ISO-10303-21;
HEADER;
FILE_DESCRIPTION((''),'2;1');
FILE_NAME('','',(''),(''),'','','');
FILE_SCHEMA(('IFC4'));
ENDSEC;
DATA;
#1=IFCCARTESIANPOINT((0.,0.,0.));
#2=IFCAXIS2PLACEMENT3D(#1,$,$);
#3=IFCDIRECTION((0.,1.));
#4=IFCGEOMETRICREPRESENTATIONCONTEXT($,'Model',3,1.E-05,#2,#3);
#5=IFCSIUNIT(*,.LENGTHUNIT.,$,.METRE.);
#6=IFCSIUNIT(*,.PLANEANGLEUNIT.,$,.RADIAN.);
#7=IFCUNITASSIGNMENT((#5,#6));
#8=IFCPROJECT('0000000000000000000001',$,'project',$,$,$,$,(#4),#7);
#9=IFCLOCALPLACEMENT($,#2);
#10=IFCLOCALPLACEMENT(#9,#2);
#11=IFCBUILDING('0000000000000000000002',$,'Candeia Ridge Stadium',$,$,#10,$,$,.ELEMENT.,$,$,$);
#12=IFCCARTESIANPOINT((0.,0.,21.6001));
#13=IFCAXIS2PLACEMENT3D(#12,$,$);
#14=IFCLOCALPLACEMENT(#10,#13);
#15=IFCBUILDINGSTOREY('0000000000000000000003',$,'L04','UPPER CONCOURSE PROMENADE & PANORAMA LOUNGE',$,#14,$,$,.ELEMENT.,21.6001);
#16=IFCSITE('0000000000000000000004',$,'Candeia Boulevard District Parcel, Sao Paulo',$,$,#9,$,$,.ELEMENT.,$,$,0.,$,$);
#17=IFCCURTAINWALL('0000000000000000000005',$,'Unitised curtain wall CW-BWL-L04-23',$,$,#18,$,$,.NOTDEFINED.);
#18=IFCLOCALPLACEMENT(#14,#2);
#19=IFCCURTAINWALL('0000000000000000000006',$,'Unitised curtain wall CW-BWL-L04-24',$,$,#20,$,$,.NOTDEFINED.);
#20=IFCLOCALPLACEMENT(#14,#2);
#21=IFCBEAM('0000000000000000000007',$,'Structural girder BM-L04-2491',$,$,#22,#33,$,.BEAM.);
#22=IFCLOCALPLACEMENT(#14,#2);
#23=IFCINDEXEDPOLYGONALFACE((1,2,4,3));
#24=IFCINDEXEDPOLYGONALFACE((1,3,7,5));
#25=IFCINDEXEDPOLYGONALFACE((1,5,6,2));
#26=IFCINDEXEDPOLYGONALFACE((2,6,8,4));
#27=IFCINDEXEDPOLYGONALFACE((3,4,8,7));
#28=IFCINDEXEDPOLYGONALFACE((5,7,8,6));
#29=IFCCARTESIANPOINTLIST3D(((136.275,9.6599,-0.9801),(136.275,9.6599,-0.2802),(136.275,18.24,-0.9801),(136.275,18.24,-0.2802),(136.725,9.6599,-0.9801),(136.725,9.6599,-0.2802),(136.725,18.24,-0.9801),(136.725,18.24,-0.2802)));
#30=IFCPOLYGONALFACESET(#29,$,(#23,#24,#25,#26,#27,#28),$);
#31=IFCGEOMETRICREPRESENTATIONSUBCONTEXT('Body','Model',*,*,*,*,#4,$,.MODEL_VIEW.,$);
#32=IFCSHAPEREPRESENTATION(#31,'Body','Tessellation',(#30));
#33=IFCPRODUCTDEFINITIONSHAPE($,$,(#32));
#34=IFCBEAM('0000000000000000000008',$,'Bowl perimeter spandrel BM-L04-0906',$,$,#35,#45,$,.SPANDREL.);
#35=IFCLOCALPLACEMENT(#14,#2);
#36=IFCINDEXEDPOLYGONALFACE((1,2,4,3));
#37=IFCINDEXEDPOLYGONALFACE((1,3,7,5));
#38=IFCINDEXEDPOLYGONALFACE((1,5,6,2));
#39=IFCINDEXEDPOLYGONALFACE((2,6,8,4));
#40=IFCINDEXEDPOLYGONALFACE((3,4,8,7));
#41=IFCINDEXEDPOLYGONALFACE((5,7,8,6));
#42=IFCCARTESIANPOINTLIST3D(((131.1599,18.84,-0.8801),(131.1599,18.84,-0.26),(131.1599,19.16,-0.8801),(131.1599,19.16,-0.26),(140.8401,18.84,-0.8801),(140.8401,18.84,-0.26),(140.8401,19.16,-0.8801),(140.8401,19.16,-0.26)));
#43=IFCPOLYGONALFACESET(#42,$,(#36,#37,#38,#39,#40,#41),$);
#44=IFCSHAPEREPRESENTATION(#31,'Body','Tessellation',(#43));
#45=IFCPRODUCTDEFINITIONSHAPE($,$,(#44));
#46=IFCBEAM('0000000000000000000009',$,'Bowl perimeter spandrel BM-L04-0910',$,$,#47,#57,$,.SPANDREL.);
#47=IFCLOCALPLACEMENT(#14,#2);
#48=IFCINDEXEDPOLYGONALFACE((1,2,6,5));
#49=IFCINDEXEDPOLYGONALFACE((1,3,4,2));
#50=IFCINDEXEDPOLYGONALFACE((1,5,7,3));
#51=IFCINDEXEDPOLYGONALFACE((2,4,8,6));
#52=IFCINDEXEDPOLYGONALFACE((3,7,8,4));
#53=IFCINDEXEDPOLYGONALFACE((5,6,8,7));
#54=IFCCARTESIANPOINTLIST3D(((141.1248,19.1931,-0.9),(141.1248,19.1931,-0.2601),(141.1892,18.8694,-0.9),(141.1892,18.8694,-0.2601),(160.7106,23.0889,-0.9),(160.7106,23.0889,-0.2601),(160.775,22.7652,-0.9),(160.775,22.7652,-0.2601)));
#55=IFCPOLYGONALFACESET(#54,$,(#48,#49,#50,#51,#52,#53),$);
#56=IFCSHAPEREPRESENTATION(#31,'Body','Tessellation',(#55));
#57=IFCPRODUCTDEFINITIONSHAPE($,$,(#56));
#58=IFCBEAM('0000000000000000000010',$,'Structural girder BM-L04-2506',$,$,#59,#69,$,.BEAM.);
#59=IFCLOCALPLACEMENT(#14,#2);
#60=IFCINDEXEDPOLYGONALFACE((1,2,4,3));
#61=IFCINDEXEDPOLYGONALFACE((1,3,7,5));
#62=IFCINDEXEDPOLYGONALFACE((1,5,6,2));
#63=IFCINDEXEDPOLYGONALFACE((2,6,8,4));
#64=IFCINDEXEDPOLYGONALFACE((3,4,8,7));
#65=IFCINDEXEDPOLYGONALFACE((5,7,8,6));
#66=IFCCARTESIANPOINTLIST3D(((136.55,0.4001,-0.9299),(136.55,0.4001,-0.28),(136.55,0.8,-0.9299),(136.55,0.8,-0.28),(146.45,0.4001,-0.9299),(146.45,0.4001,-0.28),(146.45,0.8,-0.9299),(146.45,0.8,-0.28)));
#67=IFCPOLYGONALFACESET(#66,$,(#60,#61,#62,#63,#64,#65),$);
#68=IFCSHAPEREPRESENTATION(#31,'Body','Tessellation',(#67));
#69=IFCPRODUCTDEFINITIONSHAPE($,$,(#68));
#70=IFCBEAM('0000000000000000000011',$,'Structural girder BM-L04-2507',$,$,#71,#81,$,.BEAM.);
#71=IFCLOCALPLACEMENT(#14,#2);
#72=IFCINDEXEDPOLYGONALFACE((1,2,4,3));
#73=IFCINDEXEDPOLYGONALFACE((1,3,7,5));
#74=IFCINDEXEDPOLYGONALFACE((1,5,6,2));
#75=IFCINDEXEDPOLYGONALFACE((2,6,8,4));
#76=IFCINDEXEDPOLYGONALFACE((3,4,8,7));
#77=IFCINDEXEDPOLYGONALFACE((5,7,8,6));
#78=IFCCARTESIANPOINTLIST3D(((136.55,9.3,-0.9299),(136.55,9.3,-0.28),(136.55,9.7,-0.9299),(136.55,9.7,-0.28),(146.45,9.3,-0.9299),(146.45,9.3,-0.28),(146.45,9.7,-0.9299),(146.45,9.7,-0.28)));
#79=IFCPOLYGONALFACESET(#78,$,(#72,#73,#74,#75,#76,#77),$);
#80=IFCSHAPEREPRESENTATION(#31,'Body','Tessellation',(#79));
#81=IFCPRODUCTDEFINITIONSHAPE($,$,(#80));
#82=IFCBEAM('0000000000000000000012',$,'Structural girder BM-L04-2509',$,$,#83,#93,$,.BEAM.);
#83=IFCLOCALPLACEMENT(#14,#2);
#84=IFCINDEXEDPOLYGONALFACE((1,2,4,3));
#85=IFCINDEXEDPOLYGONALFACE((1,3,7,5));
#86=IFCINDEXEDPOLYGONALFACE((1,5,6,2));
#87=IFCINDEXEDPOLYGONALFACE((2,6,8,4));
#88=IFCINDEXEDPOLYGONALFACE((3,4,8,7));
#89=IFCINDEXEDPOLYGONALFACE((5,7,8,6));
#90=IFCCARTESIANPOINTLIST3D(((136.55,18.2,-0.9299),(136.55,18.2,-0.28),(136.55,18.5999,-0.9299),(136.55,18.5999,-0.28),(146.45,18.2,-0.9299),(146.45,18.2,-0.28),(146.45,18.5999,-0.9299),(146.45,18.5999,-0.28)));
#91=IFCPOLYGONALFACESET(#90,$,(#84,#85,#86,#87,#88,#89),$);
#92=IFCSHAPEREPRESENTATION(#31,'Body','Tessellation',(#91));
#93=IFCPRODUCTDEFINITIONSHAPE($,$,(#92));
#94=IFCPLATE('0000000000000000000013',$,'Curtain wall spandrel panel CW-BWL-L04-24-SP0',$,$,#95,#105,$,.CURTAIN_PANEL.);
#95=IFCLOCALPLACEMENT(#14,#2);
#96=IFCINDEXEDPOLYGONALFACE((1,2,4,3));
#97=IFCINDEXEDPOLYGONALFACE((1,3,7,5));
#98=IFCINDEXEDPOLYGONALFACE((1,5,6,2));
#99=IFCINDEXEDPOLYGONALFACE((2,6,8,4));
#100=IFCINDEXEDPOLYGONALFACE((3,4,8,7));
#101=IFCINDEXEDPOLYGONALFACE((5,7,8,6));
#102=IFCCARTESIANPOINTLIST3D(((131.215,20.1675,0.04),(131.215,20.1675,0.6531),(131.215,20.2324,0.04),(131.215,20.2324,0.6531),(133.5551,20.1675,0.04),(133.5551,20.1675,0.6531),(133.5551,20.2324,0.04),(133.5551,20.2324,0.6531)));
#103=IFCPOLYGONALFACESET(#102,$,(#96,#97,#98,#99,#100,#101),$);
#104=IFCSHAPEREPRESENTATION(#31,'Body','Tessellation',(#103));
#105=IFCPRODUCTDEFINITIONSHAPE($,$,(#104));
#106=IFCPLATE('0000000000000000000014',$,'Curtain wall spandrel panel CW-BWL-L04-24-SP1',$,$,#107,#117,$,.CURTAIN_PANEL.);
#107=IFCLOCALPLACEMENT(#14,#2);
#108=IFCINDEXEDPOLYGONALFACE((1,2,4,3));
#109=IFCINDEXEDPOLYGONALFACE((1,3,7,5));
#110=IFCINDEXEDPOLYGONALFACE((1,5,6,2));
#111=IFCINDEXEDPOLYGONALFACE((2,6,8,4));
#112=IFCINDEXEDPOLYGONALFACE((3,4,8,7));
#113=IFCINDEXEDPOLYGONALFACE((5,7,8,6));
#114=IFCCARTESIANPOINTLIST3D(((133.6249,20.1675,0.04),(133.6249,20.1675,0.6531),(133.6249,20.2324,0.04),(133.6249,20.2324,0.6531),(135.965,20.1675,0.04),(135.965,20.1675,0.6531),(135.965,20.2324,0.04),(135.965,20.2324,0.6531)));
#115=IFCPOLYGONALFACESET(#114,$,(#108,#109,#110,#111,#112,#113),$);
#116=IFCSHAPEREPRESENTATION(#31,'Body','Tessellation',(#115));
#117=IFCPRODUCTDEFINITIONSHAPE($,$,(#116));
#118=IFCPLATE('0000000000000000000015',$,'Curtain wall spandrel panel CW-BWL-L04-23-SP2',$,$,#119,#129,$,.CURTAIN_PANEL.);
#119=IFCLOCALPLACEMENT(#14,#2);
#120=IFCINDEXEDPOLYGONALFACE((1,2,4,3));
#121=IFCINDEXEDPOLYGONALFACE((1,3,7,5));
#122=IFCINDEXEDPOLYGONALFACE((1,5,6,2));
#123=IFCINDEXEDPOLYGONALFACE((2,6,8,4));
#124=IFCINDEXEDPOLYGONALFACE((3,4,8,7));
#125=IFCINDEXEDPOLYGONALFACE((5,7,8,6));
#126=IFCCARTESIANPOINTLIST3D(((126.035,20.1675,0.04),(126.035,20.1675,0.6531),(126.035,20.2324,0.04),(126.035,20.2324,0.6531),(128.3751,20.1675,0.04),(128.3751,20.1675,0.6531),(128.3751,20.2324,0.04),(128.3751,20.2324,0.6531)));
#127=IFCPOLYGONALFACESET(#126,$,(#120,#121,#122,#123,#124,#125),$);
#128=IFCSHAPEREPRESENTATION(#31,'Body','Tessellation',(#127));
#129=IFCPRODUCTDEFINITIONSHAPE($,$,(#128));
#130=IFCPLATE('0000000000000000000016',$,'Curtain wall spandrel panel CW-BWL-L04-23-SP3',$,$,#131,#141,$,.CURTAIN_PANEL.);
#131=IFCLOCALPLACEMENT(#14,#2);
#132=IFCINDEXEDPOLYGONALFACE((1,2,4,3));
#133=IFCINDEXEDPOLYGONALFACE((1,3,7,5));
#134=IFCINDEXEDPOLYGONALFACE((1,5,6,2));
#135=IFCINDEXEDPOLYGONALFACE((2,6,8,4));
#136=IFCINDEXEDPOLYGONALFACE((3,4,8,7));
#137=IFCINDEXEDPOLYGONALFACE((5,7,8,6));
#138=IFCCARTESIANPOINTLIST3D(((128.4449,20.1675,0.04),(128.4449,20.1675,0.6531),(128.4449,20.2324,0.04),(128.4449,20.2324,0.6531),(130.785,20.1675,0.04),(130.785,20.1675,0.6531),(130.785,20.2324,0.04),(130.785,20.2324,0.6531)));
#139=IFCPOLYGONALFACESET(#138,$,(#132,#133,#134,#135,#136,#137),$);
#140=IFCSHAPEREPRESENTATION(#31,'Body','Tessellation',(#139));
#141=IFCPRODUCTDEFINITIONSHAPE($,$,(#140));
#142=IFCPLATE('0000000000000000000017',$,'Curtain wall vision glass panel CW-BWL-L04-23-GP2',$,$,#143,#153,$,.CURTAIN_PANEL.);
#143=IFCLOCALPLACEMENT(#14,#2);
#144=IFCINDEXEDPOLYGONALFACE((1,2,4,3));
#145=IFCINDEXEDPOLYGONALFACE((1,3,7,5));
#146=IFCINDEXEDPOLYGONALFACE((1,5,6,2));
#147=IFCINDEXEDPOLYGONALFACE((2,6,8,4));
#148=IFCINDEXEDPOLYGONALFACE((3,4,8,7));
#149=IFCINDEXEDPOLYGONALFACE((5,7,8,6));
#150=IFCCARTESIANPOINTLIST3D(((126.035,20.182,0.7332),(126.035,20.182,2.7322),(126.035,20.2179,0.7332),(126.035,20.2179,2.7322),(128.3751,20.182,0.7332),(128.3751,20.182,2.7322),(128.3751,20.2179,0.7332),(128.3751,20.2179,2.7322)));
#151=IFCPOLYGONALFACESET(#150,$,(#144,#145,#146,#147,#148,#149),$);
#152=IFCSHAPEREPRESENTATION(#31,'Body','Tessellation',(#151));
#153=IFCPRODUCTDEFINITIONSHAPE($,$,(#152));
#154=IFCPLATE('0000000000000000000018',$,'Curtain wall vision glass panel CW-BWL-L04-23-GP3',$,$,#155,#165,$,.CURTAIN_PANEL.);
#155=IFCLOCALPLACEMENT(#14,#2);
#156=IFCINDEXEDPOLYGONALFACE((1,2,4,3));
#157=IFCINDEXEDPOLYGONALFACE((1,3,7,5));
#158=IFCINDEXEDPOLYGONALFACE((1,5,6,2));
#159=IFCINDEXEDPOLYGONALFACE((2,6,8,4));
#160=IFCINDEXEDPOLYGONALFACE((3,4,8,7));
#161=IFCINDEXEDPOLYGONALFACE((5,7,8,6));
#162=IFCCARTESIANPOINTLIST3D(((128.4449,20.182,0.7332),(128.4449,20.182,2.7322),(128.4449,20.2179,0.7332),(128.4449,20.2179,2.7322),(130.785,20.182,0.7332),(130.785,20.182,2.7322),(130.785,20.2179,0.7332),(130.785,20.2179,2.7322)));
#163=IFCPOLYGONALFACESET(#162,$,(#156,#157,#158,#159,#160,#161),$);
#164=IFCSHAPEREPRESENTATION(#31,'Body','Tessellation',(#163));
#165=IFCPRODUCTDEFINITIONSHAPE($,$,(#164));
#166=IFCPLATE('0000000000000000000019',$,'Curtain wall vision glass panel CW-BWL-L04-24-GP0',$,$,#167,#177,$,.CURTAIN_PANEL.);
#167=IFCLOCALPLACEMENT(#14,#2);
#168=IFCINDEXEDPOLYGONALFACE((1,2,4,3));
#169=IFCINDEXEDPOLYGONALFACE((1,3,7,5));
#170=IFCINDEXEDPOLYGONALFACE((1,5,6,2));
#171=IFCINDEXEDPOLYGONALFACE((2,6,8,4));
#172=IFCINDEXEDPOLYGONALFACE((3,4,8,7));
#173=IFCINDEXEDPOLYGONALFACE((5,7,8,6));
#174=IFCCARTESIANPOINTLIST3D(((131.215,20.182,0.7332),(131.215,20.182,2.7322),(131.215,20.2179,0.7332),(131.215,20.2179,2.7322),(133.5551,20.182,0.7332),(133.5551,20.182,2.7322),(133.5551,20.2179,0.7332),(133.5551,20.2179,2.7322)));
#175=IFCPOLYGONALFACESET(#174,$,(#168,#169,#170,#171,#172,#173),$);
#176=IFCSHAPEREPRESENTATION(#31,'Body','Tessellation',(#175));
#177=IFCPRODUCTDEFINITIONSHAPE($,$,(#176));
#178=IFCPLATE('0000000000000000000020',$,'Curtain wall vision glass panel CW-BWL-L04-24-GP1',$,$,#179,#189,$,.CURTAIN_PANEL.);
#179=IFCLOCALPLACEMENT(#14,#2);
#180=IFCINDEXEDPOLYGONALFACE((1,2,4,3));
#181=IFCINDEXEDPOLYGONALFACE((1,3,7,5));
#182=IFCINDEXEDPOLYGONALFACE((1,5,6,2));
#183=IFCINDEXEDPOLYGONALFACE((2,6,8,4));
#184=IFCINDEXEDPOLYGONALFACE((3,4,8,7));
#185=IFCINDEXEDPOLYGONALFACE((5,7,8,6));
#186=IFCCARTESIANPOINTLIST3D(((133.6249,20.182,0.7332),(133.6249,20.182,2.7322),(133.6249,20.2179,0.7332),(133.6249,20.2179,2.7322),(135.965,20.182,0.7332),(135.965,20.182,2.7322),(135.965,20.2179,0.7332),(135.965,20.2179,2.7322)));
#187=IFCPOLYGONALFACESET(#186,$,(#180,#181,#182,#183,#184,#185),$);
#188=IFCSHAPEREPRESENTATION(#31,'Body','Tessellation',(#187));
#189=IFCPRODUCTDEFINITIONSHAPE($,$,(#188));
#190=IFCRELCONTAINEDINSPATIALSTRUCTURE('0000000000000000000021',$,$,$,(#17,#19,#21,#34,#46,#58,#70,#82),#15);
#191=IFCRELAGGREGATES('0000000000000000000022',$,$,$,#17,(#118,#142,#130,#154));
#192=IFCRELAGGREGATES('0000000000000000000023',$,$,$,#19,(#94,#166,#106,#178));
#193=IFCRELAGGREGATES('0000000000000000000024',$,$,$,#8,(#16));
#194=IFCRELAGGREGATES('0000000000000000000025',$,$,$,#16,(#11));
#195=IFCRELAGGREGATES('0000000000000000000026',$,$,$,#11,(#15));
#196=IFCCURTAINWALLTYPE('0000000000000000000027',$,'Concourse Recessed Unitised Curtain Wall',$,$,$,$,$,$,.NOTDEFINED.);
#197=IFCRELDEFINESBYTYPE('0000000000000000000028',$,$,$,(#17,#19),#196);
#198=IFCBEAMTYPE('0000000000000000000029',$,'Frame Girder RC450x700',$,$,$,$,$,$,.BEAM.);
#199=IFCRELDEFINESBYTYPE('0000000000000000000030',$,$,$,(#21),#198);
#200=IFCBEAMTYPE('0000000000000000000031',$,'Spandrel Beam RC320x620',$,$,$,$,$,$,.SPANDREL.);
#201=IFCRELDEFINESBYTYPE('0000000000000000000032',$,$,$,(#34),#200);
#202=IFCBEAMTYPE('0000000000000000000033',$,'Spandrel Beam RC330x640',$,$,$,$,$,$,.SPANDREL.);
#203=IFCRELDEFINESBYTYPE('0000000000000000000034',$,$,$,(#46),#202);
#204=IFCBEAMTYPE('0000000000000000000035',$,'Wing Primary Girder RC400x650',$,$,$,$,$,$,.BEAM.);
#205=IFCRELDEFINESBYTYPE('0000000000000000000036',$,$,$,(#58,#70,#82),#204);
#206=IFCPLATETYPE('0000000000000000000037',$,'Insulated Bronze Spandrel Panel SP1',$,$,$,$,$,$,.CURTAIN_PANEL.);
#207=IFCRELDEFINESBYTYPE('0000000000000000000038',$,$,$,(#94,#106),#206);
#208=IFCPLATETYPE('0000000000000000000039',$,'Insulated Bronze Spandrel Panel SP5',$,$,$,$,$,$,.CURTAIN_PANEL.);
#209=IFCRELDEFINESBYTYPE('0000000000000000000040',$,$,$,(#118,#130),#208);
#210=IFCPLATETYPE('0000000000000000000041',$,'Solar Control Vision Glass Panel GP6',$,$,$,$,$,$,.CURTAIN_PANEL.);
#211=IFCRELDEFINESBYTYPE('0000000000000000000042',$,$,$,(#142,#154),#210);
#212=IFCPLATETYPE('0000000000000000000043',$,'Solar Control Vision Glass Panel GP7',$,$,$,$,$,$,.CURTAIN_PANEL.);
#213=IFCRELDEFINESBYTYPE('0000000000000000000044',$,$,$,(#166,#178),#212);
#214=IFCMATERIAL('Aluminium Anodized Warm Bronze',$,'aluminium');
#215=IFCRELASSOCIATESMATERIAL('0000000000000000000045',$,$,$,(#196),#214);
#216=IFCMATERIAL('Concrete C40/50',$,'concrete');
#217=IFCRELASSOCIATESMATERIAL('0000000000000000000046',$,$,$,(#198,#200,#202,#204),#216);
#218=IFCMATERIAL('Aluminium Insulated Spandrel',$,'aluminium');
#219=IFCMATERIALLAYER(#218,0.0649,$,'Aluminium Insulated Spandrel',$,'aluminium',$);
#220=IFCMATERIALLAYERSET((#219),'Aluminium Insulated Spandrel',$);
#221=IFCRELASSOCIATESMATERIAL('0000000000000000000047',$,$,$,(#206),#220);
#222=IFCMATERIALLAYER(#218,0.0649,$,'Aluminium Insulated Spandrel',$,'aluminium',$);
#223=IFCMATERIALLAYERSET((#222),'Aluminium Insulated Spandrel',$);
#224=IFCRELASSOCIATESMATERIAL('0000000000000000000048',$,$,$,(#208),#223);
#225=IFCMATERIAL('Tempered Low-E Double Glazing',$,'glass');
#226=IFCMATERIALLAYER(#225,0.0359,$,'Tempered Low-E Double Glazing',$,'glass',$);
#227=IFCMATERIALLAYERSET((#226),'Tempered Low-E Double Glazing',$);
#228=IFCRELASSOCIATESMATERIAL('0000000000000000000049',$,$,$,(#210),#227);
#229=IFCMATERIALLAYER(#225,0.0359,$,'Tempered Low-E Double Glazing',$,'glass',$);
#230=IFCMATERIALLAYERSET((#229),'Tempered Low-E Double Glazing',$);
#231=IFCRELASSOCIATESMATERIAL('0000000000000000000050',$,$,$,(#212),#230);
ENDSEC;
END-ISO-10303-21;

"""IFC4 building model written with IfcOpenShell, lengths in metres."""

from ifc_helpers import new_model, si_unit, direction, frame, origin, origin_2d, place, context, subcontext, project, spatial, rectangle, extrude, material, layer, layer_set, material_profile, profile_set, type_object, element, aggregate, save


model = new_model("IFC4")

# Units and contexts
model_context = context("Model", 3, precision=1e-05, world=origin(), true_north=direction((0.0, 1.0)))
body_context = subcontext(model_context, "Body", "Model", "MODEL_VIEW")
ifc_project = project(units=[si_unit("LENGTHUNIT", "METRE"), si_unit("PLANEANGLEUNIT", "RADIAN")], contexts=[model_context])

# Site, building, storey
site_placement = place(None, origin())
site = spatial("IfcSite", under=ifc_project, at=site_placement, Name="Candeia Boulevard District Parcel, Sao Paulo", CompositionType="ELEMENT", RefElevation=0.0)
building_placement = place(site_placement, origin())
building = spatial("IfcBuilding", under=site, at=building_placement, Name="Candeia Ridge Stadium", CompositionType="ELEMENT")
storey_placement = place(building_placement, frame((0.0, 0.0, 21.6001)))
storey = spatial("IfcBuildingStorey", under=building, at=storey_placement, Name="L04", Description="UPPER CONCOURSE PROMENADE & PANORAMA LOUNGE", CompositionType="ELEMENT", Elevation=21.6001)

# Curtain walls
ifc_material_1 = material(Name="Aluminium Anodized Warm Bronze", Category="aluminium")
curtain_wall_type = type_object("IfcCurtainWallType", Name="Concourse Recessed Unitised Curtain Wall", PredefinedType="NOTDEFINED", material=ifc_material_1)
curtain_wall_1_placement = place(storey_placement, origin())
curtain_wall_1 = element("IfcCurtainWall", 1, at=curtain_wall_1_placement, inside=storey, type_object=curtain_wall_type, Name="Unitised curtain wall CW-BWL-L04-23", PredefinedType="NOTDEFINED")
curtain_wall_2_placement = place(storey_placement, origin())
curtain_wall_2 = element("IfcCurtainWall", 2, at=curtain_wall_2_placement, inside=storey, type_object=curtain_wall_type, Name="Unitised curtain wall CW-BWL-L04-24", PredefinedType="NOTDEFINED")

# Beams
ifc_material_2 = material(Name="Concrete C40/50", Category="concrete")
ifc_material_profile_1 = material_profile(ifc_material_2, rectangle(XDim=0.45, YDim=0.7, at=origin_2d()), Name="RC450x700", Category="concrete")
ifc_profile_set_1 = profile_set([ifc_material_profile_1], Name="Concrete C40/50")
beam_type_1 = type_object("IfcBeamType", Name="Frame Girder RC450x700", PredefinedType="BEAM", material=ifc_profile_set_1)
for number, where, z_axis, x_axis, name in (
    (3, (136.5, 9.6599, -0.6301), (0.0, 1.0, 0.0), (-1.0, 0.0, 0.0), "Structural girder BM-L04-2491"),
):
    element("IfcBeam", number, at=place(storey_placement, frame(where, z_axis=z_axis, x_axis=x_axis)), inside=storey, type_object=beam_type_1, Name=name, PredefinedType="BEAM", context=body_context, shape_type="SweptSolid", body=[
        extrude(rectangle(XDim=0.45, YDim=0.7, at=origin_2d()), origin(), (0.0, 0.0, 1.0), 8.5801),
    ])
ifc_material_profile_2 = material_profile(ifc_material_2, rectangle(XDim=0.3201, YDim=0.6201, at=origin_2d()), Name="RC320x620", Category="concrete")
ifc_profile_set_2 = profile_set([ifc_material_profile_2], Name="Concrete C40/50")
beam_type_2 = type_object("IfcBeamType", Name="Spandrel Beam RC320x620", PredefinedType="SPANDREL", material=ifc_profile_set_2)
beam_1_placement = place(storey_placement, frame((131.1599, 19.0, -0.5701), z_axis=(1.0, 0.0, 0.0), x_axis=(0.0, 1.0, 0.0)))
element("IfcBeam", 4, at=beam_1_placement, inside=storey, type_object=beam_type_2, Name="Bowl perimeter spandrel BM-L04-0906", PredefinedType="SPANDREL", context=body_context, shape_type="SweptSolid", body=[
    extrude(rectangle(XDim=0.3201, YDim=0.6201, at=origin_2d()), origin(), (0.0, 0.0, 1.0), 9.6802),
])
ifc_material_profile_3 = material_profile(ifc_material_2, rectangle(XDim=0.3301, YDim=0.6399, at=origin_2d()), Name="RC330x640", Category="concrete")
ifc_profile_set_3 = profile_set([ifc_material_profile_3], Name="Concrete C40/50")
beam_type_3 = type_object("IfcBeamType", Name="Spandrel Beam RC330x640", PredefinedType="SPANDREL", material=ifc_profile_set_3)
beam_2_placement = place(storey_placement, frame((141.157, 19.0312, -0.5801), z_axis=(0.980786, 0.195086, 0.0), x_axis=(-0.195086, 0.980786, 0.0)))
element("IfcBeam", 5, at=beam_2_placement, inside=storey, type_object=beam_type_3, Name="Bowl perimeter spandrel BM-L04-0910", PredefinedType="SPANDREL", context=body_context, shape_type="SweptSolid", body=[
    extrude(rectangle(XDim=0.3301, YDim=0.6399, at=origin_2d()), origin(), (0.0, 0.0, 1.0), 19.9695),
])
ifc_material_profile_4 = material_profile(ifc_material_2, rectangle(XDim=0.3999, YDim=0.6499, at=origin_2d()), Name="RC400x650", Category="concrete")
ifc_profile_set_4 = profile_set([ifc_material_profile_4], Name="Concrete C40/50")
beam_type_4 = type_object("IfcBeamType", Name="Wing Primary Girder RC400x650", PredefinedType="BEAM", material=ifc_profile_set_4)
for number, where, z_axis, x_axis, name in (
    (6, (136.55, 0.6001, -0.605), (1.0, 0.0, 0.0), (0.0, 1.0, 0.0), "Structural girder BM-L04-2506"),
    (7, (136.55, 9.5, -0.605), (1.0, 0.0, 0.0), (0.0, 1.0, 0.0), "Structural girder BM-L04-2507"),
    (8, (136.55, 18.3999, -0.605), (1.0, 0.0, 0.0), (0.0, 1.0, 0.0), "Structural girder BM-L04-2509"),
):
    element("IfcBeam", number, at=place(storey_placement, frame(where, z_axis=z_axis, x_axis=x_axis)), inside=storey, type_object=beam_type_4, Name=name, PredefinedType="BEAM", context=body_context, shape_type="SweptSolid", body=[
        extrude(rectangle(XDim=0.3999, YDim=0.6499, at=origin_2d()), origin(), (0.0, 0.0, 1.0), 9.8999),
    ])

# Plates
ifc_material_3 = material(Name="Aluminium Insulated Spandrel", Category="aluminium")
ifc_layer_1 = layer(ifc_material_3, 0.0649, Name="Aluminium Insulated Spandrel", Category="aluminium")
ifc_layer_set_1 = layer_set([ifc_layer_1], Name="Aluminium Insulated Spandrel")
plate_type_1 = type_object("IfcPlateType", Name="Insulated Bronze Spandrel Panel SP1", PredefinedType="CURTAIN_PANEL", material=ifc_layer_set_1)
plate_1_placement = place(storey_placement, frame((132.385, 20.2, 0.04), z_axis=(0.0, 0.0, 1.0), x_axis=(1.0, 0.0, 0.0)))
plate_1 = element("IfcPlate", 9, at=plate_1_placement, type_object=plate_type_1, Name="Curtain wall spandrel panel CW-BWL-L04-24-SP0", PredefinedType="CURTAIN_PANEL", context=body_context, shape_type="SweptSolid", body=[
    extrude(rectangle(XDim=2.3401, YDim=0.0649, at=origin_2d()), origin(), (0.0, 0.0, 1.0), 0.613),
])
plate_2_placement = place(storey_placement, frame((134.7949, 20.2, 0.04), z_axis=(0.0, 0.0, 1.0), x_axis=(1.0, 0.0, 0.0)))
plate_2 = element("IfcPlate", 10, at=plate_2_placement, type_object=plate_type_1, Name="Curtain wall spandrel panel CW-BWL-L04-24-SP1", PredefinedType="CURTAIN_PANEL", context=body_context, shape_type="SweptSolid", body=[
    extrude(rectangle(XDim=2.3401, YDim=0.0649, at=origin_2d()), origin(), (0.0, 0.0, 1.0), 0.613),
])
ifc_layer_2 = layer(ifc_material_3, 0.0649, Name="Aluminium Insulated Spandrel", Category="aluminium")
ifc_layer_set_2 = layer_set([ifc_layer_2], Name="Aluminium Insulated Spandrel")
plate_type_2 = type_object("IfcPlateType", Name="Insulated Bronze Spandrel Panel SP5", PredefinedType="CURTAIN_PANEL", material=ifc_layer_set_2)
plate_3_placement = place(storey_placement, frame((127.2051, 20.2, 0.04), z_axis=(0.0, 0.0, 1.0), x_axis=(1.0, 0.0, 0.0)))
plate_3 = element("IfcPlate", 11, at=plate_3_placement, type_object=plate_type_2, Name="Curtain wall spandrel panel CW-BWL-L04-23-SP2", PredefinedType="CURTAIN_PANEL", context=body_context, shape_type="SweptSolid", body=[
    extrude(rectangle(XDim=2.3401, YDim=0.0649, at=origin_2d()), origin(), (0.0, 0.0, 1.0), 0.613),
])
plate_4_placement = place(storey_placement, frame((129.615, 20.2, 0.04), z_axis=(0.0, 0.0, 1.0), x_axis=(1.0, 0.0, 0.0)))
plate_4 = element("IfcPlate", 12, at=plate_4_placement, type_object=plate_type_2, Name="Curtain wall spandrel panel CW-BWL-L04-23-SP3", PredefinedType="CURTAIN_PANEL", context=body_context, shape_type="SweptSolid", body=[
    extrude(rectangle(XDim=2.3401, YDim=0.0649, at=origin_2d()), origin(), (0.0, 0.0, 1.0), 0.613),
])
ifc_material_4 = material(Name="Tempered Low-E Double Glazing", Category="glass")
ifc_layer_3 = layer(ifc_material_4, 0.0359, Name="Tempered Low-E Double Glazing", Category="glass")
ifc_layer_set_3 = layer_set([ifc_layer_3], Name="Tempered Low-E Double Glazing")
plate_type_3 = type_object("IfcPlateType", Name="Solar Control Vision Glass Panel GP6", PredefinedType="CURTAIN_PANEL", material=ifc_layer_set_3)
plate_5_placement = place(storey_placement, frame((127.2051, 20.2, 0.7332), z_axis=(0.0, 0.0, 1.0), x_axis=(1.0, 0.0, 0.0)))
plate_5 = element("IfcPlate", 13, at=plate_5_placement, type_object=plate_type_3, Name="Curtain wall vision glass panel CW-BWL-L04-23-GP2", PredefinedType="CURTAIN_PANEL", context=body_context, shape_type="SweptSolid", body=[
    extrude(rectangle(XDim=2.3401, YDim=0.0359, at=origin_2d()), origin(), (0.0, 0.0, 1.0), 1.999),
])
plate_6_placement = place(storey_placement, frame((129.615, 20.2, 0.7332), z_axis=(0.0, 0.0, 1.0), x_axis=(1.0, 0.0, 0.0)))
plate_6 = element("IfcPlate", 14, at=plate_6_placement, type_object=plate_type_3, Name="Curtain wall vision glass panel CW-BWL-L04-23-GP3", PredefinedType="CURTAIN_PANEL", context=body_context, shape_type="SweptSolid", body=[
    extrude(rectangle(XDim=2.3401, YDim=0.0359, at=origin_2d()), origin(), (0.0, 0.0, 1.0), 1.999),
])
aggregate(curtain_wall_1, [plate_3, plate_5, plate_4, plate_6])
ifc_layer_4 = layer(ifc_material_4, 0.0359, Name="Tempered Low-E Double Glazing", Category="glass")
ifc_layer_set_4 = layer_set([ifc_layer_4], Name="Tempered Low-E Double Glazing")
plate_type_4 = type_object("IfcPlateType", Name="Solar Control Vision Glass Panel GP7", PredefinedType="CURTAIN_PANEL", material=ifc_layer_set_4)
plate_7_placement = place(storey_placement, frame((132.385, 20.2, 0.7332), z_axis=(0.0, 0.0, 1.0), x_axis=(1.0, 0.0, 0.0)))
plate_7 = element("IfcPlate", 15, at=plate_7_placement, type_object=plate_type_4, Name="Curtain wall vision glass panel CW-BWL-L04-24-GP0", PredefinedType="CURTAIN_PANEL", context=body_context, shape_type="SweptSolid", body=[
    extrude(rectangle(XDim=2.3401, YDim=0.0359, at=origin_2d()), origin(), (0.0, 0.0, 1.0), 1.999),
])
plate_8_placement = place(storey_placement, frame((134.7949, 20.2, 0.7332), z_axis=(0.0, 0.0, 1.0), x_axis=(1.0, 0.0, 0.0)))
plate_8 = element("IfcPlate", 16, at=plate_8_placement, type_object=plate_type_4, Name="Curtain wall vision glass panel CW-BWL-L04-24-GP1", PredefinedType="CURTAIN_PANEL", context=body_context, shape_type="SweptSolid", body=[
    extrude(rectangle(XDim=2.3401, YDim=0.0359, at=origin_2d()), origin(), (0.0, 0.0, 1.0), 1.999),
])
aggregate(curtain_wall_2, [plate_1, plate_7, plate_2, plate_8])

save(model, "model.ifc")
